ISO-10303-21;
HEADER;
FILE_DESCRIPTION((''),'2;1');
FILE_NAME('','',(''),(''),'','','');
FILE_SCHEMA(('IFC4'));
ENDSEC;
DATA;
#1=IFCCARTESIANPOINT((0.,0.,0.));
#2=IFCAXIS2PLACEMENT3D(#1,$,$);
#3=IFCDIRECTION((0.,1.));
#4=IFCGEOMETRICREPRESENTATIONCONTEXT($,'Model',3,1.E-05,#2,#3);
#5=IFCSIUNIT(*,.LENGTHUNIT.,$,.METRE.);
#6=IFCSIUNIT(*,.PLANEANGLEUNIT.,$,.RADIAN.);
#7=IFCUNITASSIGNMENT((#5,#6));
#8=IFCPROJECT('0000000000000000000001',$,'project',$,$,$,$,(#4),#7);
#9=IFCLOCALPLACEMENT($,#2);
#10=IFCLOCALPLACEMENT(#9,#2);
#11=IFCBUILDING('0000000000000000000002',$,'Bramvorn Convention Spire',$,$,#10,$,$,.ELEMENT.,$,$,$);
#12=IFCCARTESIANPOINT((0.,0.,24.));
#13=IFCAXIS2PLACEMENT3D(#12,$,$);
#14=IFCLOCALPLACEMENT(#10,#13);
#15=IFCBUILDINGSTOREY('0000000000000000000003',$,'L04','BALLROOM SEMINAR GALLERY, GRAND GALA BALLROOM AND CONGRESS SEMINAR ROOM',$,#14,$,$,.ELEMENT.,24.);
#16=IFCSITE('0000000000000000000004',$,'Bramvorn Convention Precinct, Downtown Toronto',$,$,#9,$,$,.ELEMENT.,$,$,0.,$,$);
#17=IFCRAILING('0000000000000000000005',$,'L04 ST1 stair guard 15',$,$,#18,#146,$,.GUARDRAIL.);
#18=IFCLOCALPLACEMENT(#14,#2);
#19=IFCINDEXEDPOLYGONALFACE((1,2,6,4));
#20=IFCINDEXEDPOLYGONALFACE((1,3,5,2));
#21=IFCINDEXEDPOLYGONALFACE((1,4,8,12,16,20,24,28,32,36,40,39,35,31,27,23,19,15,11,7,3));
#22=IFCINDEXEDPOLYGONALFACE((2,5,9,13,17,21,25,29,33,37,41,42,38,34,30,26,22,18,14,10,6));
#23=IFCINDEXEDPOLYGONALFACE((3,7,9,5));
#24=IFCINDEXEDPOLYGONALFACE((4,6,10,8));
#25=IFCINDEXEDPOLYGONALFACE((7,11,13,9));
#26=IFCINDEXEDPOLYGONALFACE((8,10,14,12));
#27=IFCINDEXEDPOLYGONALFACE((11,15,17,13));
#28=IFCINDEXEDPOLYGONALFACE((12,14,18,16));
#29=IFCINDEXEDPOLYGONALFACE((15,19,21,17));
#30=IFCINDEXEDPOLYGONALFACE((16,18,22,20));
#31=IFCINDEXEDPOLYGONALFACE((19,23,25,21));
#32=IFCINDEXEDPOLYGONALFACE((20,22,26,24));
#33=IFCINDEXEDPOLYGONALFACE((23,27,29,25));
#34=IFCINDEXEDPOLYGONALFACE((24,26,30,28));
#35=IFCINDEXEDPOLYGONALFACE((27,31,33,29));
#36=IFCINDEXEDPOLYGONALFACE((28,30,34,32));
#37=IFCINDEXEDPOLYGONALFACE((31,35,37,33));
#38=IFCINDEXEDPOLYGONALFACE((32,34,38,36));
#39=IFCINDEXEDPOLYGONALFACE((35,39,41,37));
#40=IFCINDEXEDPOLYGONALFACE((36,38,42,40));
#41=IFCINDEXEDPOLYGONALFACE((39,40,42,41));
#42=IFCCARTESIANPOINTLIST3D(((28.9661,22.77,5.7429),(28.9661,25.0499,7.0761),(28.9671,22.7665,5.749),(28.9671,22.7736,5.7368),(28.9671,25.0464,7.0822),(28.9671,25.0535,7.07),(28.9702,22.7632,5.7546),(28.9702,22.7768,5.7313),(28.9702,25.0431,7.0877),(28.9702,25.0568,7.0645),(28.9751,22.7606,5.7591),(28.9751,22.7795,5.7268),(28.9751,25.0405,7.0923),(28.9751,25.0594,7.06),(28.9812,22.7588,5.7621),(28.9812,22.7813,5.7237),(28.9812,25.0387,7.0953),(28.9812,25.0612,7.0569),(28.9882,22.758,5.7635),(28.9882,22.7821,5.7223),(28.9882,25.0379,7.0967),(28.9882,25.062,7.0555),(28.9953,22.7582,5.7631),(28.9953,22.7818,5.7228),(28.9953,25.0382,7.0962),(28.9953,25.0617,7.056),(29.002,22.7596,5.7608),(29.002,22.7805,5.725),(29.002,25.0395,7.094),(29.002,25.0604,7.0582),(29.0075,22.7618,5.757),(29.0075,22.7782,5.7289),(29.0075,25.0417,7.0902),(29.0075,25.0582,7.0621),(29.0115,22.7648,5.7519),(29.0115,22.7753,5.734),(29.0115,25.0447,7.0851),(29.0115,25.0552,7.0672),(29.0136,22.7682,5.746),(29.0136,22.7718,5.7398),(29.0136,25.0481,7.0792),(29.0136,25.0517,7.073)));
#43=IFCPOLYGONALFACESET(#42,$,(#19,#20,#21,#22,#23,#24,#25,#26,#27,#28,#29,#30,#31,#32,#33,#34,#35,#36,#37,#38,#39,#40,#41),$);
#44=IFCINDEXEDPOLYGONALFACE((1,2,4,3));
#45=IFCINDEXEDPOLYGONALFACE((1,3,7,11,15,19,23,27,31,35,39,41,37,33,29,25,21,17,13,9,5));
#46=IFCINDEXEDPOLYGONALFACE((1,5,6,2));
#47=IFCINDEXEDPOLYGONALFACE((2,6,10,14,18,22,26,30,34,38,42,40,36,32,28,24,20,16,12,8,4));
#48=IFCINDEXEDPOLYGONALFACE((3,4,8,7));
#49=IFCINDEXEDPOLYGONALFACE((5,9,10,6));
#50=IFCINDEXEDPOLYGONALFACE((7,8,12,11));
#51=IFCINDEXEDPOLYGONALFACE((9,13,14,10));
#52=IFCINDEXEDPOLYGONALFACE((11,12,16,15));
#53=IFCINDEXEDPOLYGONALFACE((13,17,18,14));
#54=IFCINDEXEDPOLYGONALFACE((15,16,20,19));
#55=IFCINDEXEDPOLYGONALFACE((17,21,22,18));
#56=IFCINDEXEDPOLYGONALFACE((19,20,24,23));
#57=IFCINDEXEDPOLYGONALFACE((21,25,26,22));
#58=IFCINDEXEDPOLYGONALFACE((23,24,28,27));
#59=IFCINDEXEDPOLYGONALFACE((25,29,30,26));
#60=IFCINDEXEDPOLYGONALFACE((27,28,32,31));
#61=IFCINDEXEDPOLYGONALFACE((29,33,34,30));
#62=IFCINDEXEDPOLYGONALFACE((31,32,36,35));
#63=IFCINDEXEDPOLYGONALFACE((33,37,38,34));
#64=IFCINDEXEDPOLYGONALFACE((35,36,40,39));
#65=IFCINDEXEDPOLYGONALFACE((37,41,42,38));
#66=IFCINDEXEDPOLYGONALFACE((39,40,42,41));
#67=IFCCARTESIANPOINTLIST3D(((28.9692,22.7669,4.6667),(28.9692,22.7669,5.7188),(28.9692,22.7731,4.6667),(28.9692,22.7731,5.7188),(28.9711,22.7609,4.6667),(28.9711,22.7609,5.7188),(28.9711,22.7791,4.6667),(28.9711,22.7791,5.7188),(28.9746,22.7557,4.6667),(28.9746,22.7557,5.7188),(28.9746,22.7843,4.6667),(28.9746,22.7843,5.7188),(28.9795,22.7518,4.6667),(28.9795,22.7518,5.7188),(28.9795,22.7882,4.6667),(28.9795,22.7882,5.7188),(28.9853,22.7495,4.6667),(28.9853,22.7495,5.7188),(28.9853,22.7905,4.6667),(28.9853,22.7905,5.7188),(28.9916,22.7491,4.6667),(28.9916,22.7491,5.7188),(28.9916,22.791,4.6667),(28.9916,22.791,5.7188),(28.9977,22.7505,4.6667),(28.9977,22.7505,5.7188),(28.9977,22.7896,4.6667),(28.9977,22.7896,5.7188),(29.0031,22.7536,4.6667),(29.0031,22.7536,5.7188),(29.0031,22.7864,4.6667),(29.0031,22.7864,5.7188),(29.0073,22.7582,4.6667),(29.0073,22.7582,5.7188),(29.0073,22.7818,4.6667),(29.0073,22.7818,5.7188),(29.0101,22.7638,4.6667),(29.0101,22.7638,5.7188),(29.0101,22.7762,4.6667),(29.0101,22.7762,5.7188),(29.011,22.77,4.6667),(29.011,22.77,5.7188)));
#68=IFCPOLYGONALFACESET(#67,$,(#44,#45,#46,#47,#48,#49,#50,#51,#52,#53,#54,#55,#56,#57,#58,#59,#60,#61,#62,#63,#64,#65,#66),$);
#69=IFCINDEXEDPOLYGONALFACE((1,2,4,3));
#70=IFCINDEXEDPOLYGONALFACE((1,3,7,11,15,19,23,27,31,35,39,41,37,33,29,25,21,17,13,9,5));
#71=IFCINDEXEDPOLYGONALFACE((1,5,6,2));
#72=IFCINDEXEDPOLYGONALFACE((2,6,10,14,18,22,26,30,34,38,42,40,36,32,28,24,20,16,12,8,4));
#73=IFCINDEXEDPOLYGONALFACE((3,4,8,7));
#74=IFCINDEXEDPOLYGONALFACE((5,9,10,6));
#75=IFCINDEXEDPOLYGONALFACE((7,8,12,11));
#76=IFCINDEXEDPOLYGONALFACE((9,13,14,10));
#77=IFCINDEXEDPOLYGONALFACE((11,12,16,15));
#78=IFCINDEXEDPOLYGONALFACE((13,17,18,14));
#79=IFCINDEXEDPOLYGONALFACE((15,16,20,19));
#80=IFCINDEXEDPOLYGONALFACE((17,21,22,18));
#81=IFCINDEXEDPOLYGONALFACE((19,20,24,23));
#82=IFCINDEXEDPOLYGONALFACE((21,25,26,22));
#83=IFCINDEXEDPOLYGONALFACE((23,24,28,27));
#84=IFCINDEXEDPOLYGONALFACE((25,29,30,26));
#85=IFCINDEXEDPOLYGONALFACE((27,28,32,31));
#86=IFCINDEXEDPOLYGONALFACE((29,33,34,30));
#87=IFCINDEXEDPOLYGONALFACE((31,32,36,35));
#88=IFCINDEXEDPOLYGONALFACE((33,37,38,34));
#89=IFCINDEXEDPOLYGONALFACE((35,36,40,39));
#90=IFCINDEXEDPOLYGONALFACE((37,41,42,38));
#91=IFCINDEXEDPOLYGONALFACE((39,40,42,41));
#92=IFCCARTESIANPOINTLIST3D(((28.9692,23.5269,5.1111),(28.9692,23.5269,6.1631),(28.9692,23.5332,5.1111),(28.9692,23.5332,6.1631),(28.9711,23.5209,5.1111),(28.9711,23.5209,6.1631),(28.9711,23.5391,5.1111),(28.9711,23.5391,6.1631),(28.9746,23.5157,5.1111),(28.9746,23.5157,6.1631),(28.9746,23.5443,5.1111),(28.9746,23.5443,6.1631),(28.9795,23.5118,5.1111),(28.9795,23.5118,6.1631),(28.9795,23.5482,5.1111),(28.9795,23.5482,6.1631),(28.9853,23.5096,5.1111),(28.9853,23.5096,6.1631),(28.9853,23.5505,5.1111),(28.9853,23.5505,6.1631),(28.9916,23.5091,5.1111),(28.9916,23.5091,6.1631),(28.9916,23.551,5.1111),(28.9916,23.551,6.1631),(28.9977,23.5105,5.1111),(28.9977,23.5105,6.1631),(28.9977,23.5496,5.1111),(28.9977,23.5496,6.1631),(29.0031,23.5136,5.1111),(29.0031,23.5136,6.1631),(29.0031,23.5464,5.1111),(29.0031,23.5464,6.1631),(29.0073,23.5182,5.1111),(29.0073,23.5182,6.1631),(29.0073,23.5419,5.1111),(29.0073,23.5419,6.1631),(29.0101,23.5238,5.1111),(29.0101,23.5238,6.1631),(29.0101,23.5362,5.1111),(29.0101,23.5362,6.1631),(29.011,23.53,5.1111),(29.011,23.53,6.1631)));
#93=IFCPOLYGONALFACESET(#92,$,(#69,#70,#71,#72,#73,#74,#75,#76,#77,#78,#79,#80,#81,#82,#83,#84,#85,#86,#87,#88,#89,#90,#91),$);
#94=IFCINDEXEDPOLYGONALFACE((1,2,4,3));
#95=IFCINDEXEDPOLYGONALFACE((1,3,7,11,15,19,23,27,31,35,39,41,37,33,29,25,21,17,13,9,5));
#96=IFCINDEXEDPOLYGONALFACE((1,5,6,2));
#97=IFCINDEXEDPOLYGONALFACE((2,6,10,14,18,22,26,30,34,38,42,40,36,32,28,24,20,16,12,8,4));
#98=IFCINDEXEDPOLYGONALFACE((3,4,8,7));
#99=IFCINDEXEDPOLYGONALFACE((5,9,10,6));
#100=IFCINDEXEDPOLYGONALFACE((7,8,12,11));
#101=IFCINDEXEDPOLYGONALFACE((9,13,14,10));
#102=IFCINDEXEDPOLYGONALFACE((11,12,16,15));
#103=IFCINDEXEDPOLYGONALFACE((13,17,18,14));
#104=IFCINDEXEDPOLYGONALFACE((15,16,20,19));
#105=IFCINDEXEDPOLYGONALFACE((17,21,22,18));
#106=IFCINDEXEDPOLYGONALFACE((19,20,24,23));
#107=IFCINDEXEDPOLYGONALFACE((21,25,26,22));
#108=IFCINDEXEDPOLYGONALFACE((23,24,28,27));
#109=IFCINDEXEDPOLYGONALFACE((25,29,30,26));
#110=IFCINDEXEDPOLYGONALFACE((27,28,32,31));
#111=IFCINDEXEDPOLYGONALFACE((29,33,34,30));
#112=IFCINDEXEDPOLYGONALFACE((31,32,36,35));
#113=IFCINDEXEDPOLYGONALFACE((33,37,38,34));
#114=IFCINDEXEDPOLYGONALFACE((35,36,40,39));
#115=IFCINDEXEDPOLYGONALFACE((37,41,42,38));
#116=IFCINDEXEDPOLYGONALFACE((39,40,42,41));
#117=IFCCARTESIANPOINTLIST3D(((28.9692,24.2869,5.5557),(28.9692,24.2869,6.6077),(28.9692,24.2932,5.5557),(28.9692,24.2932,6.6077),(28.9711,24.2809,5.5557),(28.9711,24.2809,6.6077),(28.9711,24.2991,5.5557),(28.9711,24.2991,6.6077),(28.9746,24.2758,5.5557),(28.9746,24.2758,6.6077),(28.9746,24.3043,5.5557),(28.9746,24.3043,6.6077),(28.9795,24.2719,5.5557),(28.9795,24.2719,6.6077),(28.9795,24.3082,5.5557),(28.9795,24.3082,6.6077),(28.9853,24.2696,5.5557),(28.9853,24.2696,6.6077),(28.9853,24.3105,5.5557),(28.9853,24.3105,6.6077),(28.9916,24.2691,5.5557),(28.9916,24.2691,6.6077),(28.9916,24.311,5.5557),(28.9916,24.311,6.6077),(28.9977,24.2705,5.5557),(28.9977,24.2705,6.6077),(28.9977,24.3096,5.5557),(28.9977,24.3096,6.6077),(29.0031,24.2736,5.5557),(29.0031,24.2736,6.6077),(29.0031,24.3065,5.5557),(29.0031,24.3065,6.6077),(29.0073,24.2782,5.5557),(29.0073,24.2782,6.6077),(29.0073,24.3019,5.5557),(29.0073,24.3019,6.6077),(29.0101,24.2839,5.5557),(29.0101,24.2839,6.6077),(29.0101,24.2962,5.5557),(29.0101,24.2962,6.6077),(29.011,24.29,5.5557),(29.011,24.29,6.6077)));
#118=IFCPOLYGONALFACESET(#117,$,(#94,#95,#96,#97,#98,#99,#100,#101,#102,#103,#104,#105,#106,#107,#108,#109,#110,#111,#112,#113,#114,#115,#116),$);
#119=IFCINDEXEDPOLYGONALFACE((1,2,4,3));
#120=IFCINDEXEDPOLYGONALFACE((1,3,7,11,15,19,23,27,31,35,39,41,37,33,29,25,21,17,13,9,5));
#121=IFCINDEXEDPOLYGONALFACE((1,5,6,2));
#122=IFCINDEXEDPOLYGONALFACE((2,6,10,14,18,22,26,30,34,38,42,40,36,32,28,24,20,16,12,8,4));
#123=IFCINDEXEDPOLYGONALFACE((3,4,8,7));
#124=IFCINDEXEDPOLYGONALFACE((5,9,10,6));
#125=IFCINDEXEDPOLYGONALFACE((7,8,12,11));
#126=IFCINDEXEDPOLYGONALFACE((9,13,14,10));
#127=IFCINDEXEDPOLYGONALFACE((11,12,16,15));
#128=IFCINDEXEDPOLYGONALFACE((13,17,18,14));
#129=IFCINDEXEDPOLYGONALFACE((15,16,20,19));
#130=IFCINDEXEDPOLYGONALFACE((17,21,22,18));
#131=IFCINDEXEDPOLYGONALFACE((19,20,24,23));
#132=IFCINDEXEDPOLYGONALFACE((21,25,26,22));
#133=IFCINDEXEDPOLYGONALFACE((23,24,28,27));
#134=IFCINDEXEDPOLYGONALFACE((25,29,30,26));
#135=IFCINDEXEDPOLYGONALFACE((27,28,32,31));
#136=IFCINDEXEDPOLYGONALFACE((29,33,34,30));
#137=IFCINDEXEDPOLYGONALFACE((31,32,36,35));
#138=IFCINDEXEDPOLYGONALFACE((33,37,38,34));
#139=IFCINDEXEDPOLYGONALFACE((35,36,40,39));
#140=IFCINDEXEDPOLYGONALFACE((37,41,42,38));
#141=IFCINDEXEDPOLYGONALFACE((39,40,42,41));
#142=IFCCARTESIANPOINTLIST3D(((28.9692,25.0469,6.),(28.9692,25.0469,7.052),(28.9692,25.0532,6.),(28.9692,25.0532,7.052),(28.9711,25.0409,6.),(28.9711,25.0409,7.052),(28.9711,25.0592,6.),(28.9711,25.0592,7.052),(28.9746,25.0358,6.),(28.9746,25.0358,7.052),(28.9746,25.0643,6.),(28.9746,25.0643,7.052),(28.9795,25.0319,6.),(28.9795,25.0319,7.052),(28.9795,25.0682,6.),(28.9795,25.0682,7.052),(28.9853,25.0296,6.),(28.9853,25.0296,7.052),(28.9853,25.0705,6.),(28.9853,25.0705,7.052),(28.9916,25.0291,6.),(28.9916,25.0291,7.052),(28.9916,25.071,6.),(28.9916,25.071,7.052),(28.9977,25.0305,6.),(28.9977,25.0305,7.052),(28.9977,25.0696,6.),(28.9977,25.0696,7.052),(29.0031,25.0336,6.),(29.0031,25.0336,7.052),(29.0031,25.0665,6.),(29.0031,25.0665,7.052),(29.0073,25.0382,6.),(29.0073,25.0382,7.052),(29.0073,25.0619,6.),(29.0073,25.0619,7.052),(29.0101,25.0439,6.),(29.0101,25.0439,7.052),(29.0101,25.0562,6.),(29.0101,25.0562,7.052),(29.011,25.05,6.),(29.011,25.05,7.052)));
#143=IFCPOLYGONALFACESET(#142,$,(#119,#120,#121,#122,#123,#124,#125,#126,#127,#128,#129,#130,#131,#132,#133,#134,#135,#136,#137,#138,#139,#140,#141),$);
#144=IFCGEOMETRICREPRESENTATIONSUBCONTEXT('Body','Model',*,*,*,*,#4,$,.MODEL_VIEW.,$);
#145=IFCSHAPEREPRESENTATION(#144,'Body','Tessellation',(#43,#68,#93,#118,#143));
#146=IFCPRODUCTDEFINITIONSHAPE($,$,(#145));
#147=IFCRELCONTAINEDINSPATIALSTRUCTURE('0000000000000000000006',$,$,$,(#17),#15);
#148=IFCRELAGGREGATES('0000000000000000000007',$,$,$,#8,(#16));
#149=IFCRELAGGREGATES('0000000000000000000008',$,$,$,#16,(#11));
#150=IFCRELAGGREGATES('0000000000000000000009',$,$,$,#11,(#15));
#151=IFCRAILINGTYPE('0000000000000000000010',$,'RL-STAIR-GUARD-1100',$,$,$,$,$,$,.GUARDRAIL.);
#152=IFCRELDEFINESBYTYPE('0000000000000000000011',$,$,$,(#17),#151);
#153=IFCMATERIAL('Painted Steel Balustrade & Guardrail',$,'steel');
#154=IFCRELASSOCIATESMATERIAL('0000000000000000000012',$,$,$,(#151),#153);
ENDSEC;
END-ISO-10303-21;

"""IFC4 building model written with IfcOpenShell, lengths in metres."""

from ifc_helpers import new_model, si_unit, direction, frame, origin, origin_2d, place, context, subcontext, project, spatial, circle, extrude, material, type_object, element, save


model = new_model("IFC4")

# Units and contexts
model_context = context("Model", 3, precision=1e-05, world=origin(), true_north=direction((0.0, 1.0)))
body_context = subcontext(model_context, "Body", "Model", "MODEL_VIEW")
ifc_project = project(units=[si_unit("LENGTHUNIT", "METRE"), si_unit("PLANEANGLEUNIT", "RADIAN")], contexts=[model_context])

# Site, building, storey
site_placement = place(None, origin())
site = spatial("IfcSite", under=ifc_project, at=site_placement, Name="Bramvorn Convention Precinct, Downtown Toronto", CompositionType="ELEMENT", RefElevation=0.0)
building_placement = place(site_placement, origin())
building = spatial("IfcBuilding", under=site, at=building_placement, Name="Bramvorn Convention Spire", CompositionType="ELEMENT")
storey_placement = place(building_placement, frame((0.0, 0.0, 24.0)))
storey = spatial("IfcBuildingStorey", under=building, at=storey_placement, Name="L04", Description="BALLROOM SEMINAR GALLERY, GRAND GALA BALLROOM AND CONGRESS SEMINAR ROOM", CompositionType="ELEMENT", Elevation=24.0)

# Railing
ifc_material_1 = material(Name="Painted Steel Balustrade & Guardrail", Category="steel")
railing_type = type_object("IfcRailingType", Name="RL-STAIR-GUARD-1100", PredefinedType="GUARDRAIL", material=ifc_material_1)
railing_1_placement = place(storey_placement, frame((28.99, 22.77, 4.6667)))
element("IfcRailing", 1, at=railing_1_placement, inside=storey, type_object=railing_type, Name="L04 ST1 stair guard 15", PredefinedType="GUARDRAIL", context=body_context, shape_type="SweptSolid", body=[
    extrude(circle(Radius=0.0239, at=origin_2d()), frame((0.0, 0.0, 1.0762), z_axis=(0.0, 0.863245, 0.504785), x_axis=(-1.0, 0.0, 0.0)), (0.0, 0.0, 1.0), 2.6411),
    extrude(circle(Radius=0.021, at=origin_2d()), origin(), (0.0, 0.0, 1.0), 1.052),
    extrude(circle(Radius=0.021, at=origin_2d()), frame((0.0, 0.76, 0.4443)), (0.0, 0.0, 1.0), 1.052),
    extrude(circle(Radius=0.021, at=origin_2d()), frame((0.0, 1.52, 0.8889)), (0.0, 0.0, 1.0), 1.052),
    extrude(circle(Radius=0.021, at=origin_2d()), frame((0.0, 2.28, 1.3333)), (0.0, 0.0, 1.0), 1.052),
])

save(model, "model.ifc")
